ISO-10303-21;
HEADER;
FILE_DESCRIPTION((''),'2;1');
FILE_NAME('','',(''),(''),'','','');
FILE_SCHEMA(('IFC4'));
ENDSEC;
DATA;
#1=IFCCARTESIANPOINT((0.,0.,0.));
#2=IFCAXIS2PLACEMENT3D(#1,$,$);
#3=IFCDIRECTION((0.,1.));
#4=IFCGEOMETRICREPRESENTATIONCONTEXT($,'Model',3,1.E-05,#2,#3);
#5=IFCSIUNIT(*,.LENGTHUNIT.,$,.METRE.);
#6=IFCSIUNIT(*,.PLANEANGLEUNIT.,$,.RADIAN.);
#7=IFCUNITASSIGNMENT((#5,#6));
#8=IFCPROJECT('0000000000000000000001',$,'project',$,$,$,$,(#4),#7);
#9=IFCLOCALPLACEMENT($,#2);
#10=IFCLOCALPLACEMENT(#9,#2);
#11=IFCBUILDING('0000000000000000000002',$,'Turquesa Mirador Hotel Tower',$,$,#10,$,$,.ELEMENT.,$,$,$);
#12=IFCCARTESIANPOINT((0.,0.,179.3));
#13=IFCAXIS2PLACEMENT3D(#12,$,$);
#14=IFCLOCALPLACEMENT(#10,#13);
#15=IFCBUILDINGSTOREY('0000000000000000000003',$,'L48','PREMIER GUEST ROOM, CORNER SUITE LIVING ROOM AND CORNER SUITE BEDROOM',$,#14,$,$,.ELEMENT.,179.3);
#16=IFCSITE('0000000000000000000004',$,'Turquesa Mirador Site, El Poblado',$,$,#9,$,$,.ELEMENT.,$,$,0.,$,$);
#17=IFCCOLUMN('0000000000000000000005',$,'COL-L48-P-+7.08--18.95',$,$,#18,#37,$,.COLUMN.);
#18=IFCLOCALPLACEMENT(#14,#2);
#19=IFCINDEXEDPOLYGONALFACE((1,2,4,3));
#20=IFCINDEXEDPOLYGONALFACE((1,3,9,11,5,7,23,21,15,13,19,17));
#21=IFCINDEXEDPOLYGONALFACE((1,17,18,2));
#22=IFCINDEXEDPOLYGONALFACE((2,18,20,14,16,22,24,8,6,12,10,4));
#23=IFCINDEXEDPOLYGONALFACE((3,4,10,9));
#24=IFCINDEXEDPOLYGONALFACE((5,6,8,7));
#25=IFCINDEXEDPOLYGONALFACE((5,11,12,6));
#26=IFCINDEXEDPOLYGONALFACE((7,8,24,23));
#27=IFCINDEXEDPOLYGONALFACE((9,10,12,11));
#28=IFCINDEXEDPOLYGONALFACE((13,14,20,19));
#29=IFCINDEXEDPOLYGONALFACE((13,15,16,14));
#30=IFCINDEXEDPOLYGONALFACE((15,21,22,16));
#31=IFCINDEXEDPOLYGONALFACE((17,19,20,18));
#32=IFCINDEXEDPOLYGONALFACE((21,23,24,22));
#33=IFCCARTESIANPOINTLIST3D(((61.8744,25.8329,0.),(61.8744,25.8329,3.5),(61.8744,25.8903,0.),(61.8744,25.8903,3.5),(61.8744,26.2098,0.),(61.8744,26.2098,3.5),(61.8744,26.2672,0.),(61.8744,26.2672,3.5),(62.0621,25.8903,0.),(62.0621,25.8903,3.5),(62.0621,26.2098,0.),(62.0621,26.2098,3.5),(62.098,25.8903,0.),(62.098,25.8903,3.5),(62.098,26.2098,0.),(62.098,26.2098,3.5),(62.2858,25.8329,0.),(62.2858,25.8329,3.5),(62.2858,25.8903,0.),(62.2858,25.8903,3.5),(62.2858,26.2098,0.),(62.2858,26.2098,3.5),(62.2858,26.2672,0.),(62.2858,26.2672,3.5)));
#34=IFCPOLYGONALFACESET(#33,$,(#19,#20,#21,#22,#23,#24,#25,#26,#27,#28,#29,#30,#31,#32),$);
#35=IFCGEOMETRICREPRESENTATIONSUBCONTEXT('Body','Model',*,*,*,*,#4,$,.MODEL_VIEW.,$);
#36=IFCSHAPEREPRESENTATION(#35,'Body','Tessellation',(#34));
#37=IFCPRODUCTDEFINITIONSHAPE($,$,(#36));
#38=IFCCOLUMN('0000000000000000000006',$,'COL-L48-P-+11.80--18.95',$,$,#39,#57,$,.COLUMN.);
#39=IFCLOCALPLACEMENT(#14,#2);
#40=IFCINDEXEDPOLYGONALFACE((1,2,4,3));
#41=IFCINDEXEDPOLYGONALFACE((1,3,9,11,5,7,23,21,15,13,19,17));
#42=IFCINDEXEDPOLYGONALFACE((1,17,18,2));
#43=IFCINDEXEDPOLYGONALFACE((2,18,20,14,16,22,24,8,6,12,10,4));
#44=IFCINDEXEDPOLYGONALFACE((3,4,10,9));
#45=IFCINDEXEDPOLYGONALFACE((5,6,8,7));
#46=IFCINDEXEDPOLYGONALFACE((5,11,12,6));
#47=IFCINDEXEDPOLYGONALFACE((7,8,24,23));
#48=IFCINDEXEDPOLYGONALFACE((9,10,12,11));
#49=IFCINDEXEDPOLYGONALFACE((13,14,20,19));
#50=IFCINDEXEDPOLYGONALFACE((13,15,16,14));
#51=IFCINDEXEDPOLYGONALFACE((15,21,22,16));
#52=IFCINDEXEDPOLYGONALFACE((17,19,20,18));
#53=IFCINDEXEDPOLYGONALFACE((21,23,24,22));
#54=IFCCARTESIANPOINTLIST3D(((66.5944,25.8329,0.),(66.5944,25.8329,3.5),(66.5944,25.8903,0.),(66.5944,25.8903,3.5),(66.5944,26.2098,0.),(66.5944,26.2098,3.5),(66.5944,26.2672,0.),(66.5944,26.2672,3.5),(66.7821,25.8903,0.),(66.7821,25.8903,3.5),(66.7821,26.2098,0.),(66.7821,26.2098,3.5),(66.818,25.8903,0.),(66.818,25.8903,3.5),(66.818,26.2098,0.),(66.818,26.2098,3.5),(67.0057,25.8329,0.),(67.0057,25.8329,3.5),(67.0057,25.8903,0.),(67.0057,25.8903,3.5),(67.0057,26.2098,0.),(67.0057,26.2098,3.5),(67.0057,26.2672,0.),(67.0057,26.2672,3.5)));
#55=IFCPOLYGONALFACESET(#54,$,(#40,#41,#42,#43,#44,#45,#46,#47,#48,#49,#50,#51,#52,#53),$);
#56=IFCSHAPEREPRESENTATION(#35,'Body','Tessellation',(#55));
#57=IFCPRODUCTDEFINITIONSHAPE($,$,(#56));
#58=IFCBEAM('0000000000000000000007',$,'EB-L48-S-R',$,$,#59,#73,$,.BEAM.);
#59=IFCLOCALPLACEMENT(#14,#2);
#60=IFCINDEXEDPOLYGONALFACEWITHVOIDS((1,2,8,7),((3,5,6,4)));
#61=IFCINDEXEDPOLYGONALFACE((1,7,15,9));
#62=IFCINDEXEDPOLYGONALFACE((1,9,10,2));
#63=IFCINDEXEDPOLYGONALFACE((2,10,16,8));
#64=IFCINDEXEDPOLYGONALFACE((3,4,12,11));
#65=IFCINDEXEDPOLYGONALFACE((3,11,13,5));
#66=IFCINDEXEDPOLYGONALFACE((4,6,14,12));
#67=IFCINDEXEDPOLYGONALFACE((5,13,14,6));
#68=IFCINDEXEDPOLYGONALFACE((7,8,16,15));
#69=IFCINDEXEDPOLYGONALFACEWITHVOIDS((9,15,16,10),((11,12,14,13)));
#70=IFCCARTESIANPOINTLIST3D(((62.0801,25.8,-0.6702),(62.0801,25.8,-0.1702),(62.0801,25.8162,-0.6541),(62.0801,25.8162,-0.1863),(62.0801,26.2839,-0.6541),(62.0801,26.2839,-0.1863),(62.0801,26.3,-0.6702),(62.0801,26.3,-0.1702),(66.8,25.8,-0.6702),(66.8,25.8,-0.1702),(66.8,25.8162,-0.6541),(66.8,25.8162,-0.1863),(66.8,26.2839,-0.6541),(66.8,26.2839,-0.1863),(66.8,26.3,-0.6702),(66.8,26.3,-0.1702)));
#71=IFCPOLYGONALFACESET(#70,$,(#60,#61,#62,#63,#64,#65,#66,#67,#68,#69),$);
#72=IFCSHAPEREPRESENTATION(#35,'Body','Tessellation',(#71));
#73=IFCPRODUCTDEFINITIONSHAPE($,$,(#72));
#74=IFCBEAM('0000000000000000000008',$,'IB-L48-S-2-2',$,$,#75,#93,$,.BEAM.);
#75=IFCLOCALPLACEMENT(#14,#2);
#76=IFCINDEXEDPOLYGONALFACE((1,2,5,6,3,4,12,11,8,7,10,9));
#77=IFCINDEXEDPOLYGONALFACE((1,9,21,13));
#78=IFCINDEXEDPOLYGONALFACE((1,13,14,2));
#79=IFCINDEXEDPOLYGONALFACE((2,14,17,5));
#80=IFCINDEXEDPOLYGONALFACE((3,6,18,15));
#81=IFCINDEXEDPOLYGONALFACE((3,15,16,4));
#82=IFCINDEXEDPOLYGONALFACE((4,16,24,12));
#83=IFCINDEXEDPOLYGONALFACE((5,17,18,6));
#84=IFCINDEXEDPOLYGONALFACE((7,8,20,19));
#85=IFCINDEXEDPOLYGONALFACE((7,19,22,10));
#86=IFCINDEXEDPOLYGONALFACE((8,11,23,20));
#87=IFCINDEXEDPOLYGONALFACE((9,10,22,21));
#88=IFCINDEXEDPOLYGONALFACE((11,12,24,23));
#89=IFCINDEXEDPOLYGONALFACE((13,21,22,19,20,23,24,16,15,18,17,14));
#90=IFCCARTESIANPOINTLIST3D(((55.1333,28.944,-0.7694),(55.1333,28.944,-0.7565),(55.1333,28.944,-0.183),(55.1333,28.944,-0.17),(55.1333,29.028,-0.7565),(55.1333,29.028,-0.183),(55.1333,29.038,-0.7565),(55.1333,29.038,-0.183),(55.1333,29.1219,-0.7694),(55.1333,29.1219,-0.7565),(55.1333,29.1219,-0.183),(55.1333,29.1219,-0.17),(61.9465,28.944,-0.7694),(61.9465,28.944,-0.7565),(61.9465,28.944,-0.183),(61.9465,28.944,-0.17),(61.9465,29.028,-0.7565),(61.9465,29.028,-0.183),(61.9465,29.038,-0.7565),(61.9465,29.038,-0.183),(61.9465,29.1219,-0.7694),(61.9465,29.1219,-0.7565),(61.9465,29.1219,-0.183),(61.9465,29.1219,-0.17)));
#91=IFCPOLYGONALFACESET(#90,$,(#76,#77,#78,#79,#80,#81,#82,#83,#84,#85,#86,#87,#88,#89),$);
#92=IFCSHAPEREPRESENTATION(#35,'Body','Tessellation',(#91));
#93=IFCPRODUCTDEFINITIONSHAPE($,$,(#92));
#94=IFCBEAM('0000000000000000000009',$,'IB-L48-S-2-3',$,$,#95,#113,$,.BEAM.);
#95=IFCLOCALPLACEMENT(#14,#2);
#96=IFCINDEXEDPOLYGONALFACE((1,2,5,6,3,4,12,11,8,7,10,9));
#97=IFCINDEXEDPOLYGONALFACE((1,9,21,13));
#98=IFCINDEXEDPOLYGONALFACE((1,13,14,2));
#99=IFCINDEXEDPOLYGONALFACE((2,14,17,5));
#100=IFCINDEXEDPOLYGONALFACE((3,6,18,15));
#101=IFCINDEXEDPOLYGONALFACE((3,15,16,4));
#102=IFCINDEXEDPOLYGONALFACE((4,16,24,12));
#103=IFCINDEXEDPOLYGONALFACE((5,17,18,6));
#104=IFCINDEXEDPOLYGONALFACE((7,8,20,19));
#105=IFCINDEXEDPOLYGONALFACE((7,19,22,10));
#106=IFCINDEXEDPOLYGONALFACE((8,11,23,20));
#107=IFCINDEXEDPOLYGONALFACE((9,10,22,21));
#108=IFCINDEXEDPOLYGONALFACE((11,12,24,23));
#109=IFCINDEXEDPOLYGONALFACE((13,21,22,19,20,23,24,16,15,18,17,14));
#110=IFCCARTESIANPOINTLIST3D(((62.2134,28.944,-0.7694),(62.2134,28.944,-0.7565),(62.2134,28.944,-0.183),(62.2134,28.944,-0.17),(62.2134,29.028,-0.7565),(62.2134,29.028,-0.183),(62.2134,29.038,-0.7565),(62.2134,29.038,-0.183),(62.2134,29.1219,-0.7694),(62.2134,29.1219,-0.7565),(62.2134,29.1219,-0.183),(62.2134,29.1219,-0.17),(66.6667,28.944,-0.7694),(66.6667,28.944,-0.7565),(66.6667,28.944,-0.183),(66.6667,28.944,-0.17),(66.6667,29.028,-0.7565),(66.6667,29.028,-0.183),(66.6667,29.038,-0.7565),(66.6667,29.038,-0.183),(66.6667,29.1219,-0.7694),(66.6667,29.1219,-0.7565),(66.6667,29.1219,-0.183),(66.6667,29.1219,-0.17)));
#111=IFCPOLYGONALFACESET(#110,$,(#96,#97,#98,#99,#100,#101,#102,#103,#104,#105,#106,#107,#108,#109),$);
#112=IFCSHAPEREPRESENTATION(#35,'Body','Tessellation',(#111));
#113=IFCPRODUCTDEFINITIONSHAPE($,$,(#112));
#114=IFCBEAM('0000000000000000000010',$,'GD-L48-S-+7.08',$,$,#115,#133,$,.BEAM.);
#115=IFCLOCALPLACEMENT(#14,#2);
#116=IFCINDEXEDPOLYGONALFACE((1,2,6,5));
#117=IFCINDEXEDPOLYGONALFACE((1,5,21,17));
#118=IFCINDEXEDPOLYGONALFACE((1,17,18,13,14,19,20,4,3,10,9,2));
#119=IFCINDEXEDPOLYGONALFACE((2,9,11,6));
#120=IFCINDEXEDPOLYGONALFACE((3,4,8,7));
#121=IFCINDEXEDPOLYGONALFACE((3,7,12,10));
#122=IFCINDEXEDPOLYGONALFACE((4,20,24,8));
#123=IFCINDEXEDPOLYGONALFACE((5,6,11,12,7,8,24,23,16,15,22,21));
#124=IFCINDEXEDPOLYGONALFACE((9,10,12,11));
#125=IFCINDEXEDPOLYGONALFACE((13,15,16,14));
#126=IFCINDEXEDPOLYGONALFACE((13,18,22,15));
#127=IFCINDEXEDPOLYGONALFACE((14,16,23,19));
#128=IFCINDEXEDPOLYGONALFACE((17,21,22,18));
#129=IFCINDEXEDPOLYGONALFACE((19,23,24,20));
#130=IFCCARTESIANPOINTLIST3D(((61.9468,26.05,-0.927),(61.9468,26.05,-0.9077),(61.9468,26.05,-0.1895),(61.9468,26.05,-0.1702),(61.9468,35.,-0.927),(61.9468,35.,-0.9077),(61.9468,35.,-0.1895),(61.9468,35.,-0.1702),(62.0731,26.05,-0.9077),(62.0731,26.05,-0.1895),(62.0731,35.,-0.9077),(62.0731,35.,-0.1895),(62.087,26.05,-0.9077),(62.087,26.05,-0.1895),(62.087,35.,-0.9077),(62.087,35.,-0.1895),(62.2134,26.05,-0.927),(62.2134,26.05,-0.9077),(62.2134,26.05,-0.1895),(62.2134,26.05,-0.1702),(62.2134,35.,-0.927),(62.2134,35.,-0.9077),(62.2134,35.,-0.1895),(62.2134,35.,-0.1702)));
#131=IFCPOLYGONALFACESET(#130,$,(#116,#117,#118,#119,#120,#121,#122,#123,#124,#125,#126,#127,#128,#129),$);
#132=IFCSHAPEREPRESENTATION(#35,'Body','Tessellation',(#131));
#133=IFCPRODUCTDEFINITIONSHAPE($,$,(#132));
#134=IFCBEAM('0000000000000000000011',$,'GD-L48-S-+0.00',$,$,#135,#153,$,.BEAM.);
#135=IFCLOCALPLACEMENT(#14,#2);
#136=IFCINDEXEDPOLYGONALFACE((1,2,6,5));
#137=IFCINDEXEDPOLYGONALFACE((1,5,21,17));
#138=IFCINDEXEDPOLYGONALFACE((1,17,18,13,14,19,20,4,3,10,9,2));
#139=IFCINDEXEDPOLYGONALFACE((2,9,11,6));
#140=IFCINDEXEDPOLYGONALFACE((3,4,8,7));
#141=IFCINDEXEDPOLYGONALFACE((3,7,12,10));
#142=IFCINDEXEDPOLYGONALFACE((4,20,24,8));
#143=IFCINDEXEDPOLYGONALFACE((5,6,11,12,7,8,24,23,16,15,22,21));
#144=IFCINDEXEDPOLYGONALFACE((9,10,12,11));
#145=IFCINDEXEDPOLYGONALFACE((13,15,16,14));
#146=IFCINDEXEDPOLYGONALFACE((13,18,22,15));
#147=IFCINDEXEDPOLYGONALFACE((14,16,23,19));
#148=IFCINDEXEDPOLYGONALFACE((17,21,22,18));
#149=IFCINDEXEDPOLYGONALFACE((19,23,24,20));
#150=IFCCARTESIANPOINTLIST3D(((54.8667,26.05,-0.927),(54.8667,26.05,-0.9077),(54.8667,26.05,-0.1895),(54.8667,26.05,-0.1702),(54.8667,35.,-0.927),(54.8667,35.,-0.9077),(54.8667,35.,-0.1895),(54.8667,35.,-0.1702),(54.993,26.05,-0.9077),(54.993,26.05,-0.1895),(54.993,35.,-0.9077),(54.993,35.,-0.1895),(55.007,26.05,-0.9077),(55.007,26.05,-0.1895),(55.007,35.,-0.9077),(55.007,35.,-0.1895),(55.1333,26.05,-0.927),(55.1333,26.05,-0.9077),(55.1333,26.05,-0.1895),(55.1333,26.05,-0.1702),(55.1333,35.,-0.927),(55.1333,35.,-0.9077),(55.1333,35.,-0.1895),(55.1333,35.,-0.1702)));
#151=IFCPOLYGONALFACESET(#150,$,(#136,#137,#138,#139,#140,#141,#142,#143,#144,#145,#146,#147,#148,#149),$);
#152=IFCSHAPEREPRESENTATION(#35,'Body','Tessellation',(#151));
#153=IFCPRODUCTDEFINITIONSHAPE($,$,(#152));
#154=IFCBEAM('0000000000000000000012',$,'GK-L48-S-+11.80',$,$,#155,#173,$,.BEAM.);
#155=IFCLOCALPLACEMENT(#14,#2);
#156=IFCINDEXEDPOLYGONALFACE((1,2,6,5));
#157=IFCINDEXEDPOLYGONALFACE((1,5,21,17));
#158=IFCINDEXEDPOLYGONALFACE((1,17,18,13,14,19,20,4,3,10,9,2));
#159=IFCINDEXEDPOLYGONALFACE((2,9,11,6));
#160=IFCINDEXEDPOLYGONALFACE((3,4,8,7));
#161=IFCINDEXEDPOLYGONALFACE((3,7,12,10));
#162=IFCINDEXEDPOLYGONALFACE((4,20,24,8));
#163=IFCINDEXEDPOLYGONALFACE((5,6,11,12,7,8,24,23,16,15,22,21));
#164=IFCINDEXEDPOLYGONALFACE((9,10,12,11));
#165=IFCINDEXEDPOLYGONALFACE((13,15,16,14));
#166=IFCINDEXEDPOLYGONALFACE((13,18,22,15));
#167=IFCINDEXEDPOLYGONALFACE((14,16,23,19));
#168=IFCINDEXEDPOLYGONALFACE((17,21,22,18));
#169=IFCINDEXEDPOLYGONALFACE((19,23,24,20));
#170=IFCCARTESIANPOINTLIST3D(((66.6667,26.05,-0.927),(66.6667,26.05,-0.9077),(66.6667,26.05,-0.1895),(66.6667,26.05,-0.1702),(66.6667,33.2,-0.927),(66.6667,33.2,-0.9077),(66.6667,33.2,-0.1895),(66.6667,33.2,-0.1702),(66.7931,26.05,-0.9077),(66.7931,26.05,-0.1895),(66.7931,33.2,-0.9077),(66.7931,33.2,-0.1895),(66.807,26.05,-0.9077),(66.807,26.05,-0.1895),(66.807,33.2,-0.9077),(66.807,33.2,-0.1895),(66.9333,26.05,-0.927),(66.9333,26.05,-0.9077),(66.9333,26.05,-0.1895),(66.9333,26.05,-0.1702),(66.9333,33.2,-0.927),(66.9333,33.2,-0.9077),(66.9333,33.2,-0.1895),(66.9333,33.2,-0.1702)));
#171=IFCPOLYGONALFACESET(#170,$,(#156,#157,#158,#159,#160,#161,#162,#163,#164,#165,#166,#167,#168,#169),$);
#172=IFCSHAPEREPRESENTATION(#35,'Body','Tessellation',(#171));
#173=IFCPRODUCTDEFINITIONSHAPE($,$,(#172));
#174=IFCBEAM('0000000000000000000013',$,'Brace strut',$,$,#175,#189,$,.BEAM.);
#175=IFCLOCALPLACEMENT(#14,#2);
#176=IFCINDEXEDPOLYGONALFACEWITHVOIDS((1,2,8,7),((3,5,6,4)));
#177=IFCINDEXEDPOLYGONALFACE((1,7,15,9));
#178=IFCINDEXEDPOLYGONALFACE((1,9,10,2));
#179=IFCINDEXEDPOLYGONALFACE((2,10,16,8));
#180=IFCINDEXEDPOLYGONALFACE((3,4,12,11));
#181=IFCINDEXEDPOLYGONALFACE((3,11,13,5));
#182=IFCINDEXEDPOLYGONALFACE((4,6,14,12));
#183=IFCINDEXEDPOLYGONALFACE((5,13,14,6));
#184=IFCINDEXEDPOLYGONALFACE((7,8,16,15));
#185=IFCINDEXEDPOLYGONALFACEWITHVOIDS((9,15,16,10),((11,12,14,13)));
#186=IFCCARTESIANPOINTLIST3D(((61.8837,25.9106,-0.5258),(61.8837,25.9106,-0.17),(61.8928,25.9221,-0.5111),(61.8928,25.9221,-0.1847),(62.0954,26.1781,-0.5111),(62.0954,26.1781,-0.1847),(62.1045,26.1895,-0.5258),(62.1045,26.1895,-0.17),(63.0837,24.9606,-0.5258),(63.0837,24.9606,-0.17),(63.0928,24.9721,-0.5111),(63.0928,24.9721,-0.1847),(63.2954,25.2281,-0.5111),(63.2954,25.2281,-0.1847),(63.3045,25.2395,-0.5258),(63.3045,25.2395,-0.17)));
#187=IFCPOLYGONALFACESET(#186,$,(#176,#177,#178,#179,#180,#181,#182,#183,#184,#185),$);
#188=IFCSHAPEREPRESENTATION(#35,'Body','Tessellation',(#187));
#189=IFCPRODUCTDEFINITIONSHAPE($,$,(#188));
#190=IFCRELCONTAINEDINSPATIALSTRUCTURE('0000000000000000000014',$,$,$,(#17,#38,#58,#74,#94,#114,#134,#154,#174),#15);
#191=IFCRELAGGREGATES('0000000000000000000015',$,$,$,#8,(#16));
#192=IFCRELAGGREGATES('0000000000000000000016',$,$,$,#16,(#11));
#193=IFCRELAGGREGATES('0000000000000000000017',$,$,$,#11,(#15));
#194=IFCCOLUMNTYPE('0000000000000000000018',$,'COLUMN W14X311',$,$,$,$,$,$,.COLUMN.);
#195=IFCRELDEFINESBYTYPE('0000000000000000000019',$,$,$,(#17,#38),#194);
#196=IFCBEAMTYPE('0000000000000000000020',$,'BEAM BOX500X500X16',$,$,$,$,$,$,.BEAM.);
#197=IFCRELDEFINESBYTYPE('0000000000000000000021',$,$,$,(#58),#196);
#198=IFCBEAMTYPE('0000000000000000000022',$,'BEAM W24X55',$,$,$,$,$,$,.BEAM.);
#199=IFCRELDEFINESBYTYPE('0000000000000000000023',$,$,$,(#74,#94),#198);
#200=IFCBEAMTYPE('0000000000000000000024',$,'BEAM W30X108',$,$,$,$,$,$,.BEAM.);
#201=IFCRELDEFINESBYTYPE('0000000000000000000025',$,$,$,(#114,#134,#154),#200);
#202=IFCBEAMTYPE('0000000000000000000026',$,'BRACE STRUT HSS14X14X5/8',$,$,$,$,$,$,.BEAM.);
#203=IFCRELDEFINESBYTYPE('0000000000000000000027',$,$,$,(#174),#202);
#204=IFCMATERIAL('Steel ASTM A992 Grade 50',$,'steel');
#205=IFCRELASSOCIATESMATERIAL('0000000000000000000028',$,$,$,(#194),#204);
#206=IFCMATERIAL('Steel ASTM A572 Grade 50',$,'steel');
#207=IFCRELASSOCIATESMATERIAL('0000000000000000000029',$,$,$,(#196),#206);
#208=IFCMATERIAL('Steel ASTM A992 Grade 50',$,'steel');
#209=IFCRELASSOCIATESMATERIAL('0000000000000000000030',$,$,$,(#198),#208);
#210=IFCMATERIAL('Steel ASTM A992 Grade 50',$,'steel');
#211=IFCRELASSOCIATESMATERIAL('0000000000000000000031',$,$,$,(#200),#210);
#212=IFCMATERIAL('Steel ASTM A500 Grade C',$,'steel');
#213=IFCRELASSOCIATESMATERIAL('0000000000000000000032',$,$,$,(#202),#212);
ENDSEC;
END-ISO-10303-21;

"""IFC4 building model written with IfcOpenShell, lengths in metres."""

from ifc_helpers import new_model, si_unit, direction, frame, origin, origin_2d, place, context, subcontext, project, spatial, hollow_rectangle, i_section, extrude, material, material_profile, profile_set, type_object, element, save


model = new_model("IFC4")

# Units and contexts
model_context = context("Model", 3, precision=1e-05, world=origin(), true_north=direction((0.0, 1.0)))
body_context = subcontext(model_context, "Body", "Model", "MODEL_VIEW")
ifc_project = project(units=[si_unit("LENGTHUNIT", "METRE"), si_unit("PLANEANGLEUNIT", "RADIAN")], contexts=[model_context])

# Site, building, storey
site_placement = place(None, origin())
site = spatial("IfcSite", under=ifc_project, at=site_placement, Name="Turquesa Mirador Site, El Poblado", CompositionType="ELEMENT", RefElevation=0.0)
building_placement = place(site_placement, origin())
building = spatial("IfcBuilding", under=site, at=building_placement, Name="Turquesa Mirador Hotel Tower", CompositionType="ELEMENT")
storey_placement = place(building_placement, frame((0.0, 0.0, 179.3)))
storey = spatial("IfcBuildingStorey", under=building, at=storey_placement, Name="L48", Description="PREMIER GUEST ROOM, CORNER SUITE LIVING ROOM AND CORNER SUITE BEDROOM", CompositionType="ELEMENT", Elevation=179.3)

# Columns
ifc_material_1 = material(Name="Steel ASTM A992 Grade 50", Category="steel")
ifc_material_profile_1 = material_profile(ifc_material_1, i_section(OverallWidth=0.4114, OverallDepth=0.4343, WebThickness=0.0359, FlangeThickness=0.0574, at=origin_2d()), Name="W14X311")
ifc_profile_set_1 = profile_set([ifc_material_profile_1], Name="Steel ASTM A992 Grade 50")
column_type = type_object("IfcColumnType", Name="COLUMN W14X311", PredefinedType="COLUMN", material=ifc_profile_set_1)
for number, where, z_axis, x_axis, name in (
    (1, (62.0801, 26.05, 0.0), (0.0, 0.0, 1.0), (1.0, 0.0, 0.0), "COL-L48-P-+7.08--18.95"),
    (2, (66.8, 26.05, 0.0), (0.0, 0.0, 1.0), (1.0, 0.0, 0.0), "COL-L48-P-+11.80--18.95"),
):
    element("IfcColumn", number, at=place(storey_placement, frame(where, z_axis=z_axis, x_axis=x_axis)), inside=storey, type_object=column_type, Name=name, PredefinedType="COLUMN", context=body_context, shape_type="SweptSolid", body=[
        extrude(i_section(OverallWidth=0.4114, OverallDepth=0.4343, WebThickness=0.0359, FlangeThickness=0.0574, at=origin_2d()), origin(), (0.0, 0.0, 1.0), 3.5),
    ])

# Beams
ifc_material_2 = material(Name="Steel ASTM A572 Grade 50", Category="steel")
ifc_material_profile_2 = material_profile(ifc_material_2, hollow_rectangle(XDim=0.5, YDim=0.5, WallThickness=0.0161, at=origin_2d()), Name="BOX500X500X16")
ifc_profile_set_2 = profile_set([ifc_material_profile_2], Name="Steel ASTM A572 Grade 50")
beam_type_1 = type_object("IfcBeamType", Name="BEAM BOX500X500X16", PredefinedType="BEAM", material=ifc_profile_set_2)
beam_1_placement = place(storey_placement, frame((62.0801, 26.05, -0.4202), z_axis=(1.0, 0.0, 0.0), x_axis=(0.0, 1.0, 0.0)))
element("IfcBeam", 3, at=beam_1_placement, inside=storey, type_object=beam_type_1, Name="EB-L48-S-R", PredefinedType="BEAM", context=body_context, shape_type="SweptSolid", body=[
    extrude(hollow_rectangle(XDim=0.5, YDim=0.5, WallThickness=0.0161, at=origin_2d()), origin(), (0.0, 0.0, 1.0), 4.72),
])
ifc_material_3 = material(Name="Steel ASTM A992 Grade 50", Category="steel")
ifc_material_profile_3 = material_profile(ifc_material_3, i_section(OverallWidth=0.178, OverallDepth=0.5994, WebThickness=0.01, FlangeThickness=0.0129, at=origin_2d()), Name="W24X55")
ifc_profile_set_3 = profile_set([ifc_material_profile_3], Name="Steel ASTM A992 Grade 50")
beam_type_2 = type_object("IfcBeamType", Name="BEAM W24X55", PredefinedType="BEAM", material=ifc_profile_set_3)
beam_2_placement = place(storey_placement, frame((55.1333, 29.033, -0.4697), z_axis=(1.0, 0.0, 0.0), x_axis=(0.0, 1.0, 0.0)))
element("IfcBeam", 4, at=beam_2_placement, inside=storey, type_object=beam_type_2, Name="IB-L48-S-2-2", PredefinedType="BEAM", context=body_context, shape_type="SweptSolid", body=[
    extrude(i_section(OverallWidth=0.178, OverallDepth=0.5994, WebThickness=0.01, FlangeThickness=0.0129, at=origin_2d()), origin(), (0.0, 0.0, 1.0), 6.8132),
])
beam_3_placement = place(storey_placement, frame((62.2134, 29.033, -0.4697), z_axis=(1.0, 0.0, 0.0), x_axis=(0.0, 1.0, 0.0)))
element("IfcBeam", 5, at=beam_3_placement, inside=storey, type_object=beam_type_2, Name="IB-L48-S-2-3", PredefinedType="BEAM", context=body_context, shape_type="SweptSolid", body=[
    extrude(i_section(OverallWidth=0.178, OverallDepth=0.5994, WebThickness=0.01, FlangeThickness=0.0129, at=origin_2d()), origin(), (0.0, 0.0, 1.0), 4.4534),
])
ifc_material_4 = material(Name="Steel ASTM A992 Grade 50", Category="steel")
ifc_material_profile_4 = material_profile(ifc_material_4, i_section(OverallWidth=0.2666, OverallDepth=0.7568, WebThickness=0.0139, FlangeThickness=0.0193, at=origin_2d()), Name="W30X108")
ifc_profile_set_4 = profile_set([ifc_material_profile_4], Name="Steel ASTM A992 Grade 50")
beam_type_3 = type_object("IfcBeamType", Name="BEAM W30X108", PredefinedType="BEAM", material=ifc_profile_set_4)
for number, where, z_axis, x_axis, name in (
    (6, (62.0801, 26.05, -0.5486), (0.0, 1.0, 0.0), (-1.0, 0.0, 0.0), "GD-L48-S-+7.08"),
    (7, (55.0, 26.05, -0.5486), (0.0, 1.0, 0.0), (-1.0, 0.0, 0.0), "GD-L48-S-+0.00"),
):
    element("IfcBeam", number, at=place(storey_placement, frame(where, z_axis=z_axis, x_axis=x_axis)), inside=storey, type_object=beam_type_3, Name=name, PredefinedType="BEAM", context=body_context, shape_type="SweptSolid", body=[
        extrude(i_section(OverallWidth=0.2666, OverallDepth=0.7568, WebThickness=0.0139, FlangeThickness=0.0193, at=origin_2d()), origin(), (0.0, 0.0, 1.0), 8.95),
    ])
beam_4_placement = place(storey_placement, frame((66.8, 26.05, -0.5486), z_axis=(0.0, 1.0, 0.0), x_axis=(-1.0, 0.0, 0.0)))
element("IfcBeam", 8, at=beam_4_placement, inside=storey, type_object=beam_type_3, Name="GK-L48-S-+11.80", PredefinedType="BEAM", context=body_context, shape_type="SweptSolid", body=[
    extrude(i_section(OverallWidth=0.2666, OverallDepth=0.7568, WebThickness=0.0139, FlangeThickness=0.0193, at=origin_2d()), origin(), (0.0, 0.0, 1.0), 7.1499),
])
ifc_material_5 = material(Name="Steel ASTM A500 Grade C", Category="steel")
ifc_material_profile_5 = material_profile(ifc_material_5, hollow_rectangle(XDim=0.3557, YDim=0.3557, WallThickness=0.0146, at=origin_2d()), Name="HSS14X14X5/8")
ifc_profile_set_5 = profile_set([ifc_material_profile_5], Name="Steel ASTM A500 Grade C")
beam_type_4 = type_object("IfcBeamType", Name="BRACE STRUT HSS14X14X5/8", PredefinedType="BEAM", material=ifc_profile_set_5)
for number, where, z_axis, x_axis, name in (
    (9, (63.1941, 25.1001, -0.3479), (-0.784049, 0.620699, 0.0), (-0.620699, -0.784049, 0.0), "Brace strut"),
):
    element("IfcBeam", number, at=place(storey_placement, frame(where, z_axis=z_axis, x_axis=x_axis)), inside=storey, type_object=beam_type_4, Name=name, PredefinedType="BEAM", context=body_context, shape_type="SweptSolid", body=[
        extrude(hollow_rectangle(XDim=0.3557, YDim=0.3557, WallThickness=0.0146, at=origin_2d()), origin(), (0.0, 0.0, 1.0), 1.5305),
    ])

save(model, "model.ifc")
